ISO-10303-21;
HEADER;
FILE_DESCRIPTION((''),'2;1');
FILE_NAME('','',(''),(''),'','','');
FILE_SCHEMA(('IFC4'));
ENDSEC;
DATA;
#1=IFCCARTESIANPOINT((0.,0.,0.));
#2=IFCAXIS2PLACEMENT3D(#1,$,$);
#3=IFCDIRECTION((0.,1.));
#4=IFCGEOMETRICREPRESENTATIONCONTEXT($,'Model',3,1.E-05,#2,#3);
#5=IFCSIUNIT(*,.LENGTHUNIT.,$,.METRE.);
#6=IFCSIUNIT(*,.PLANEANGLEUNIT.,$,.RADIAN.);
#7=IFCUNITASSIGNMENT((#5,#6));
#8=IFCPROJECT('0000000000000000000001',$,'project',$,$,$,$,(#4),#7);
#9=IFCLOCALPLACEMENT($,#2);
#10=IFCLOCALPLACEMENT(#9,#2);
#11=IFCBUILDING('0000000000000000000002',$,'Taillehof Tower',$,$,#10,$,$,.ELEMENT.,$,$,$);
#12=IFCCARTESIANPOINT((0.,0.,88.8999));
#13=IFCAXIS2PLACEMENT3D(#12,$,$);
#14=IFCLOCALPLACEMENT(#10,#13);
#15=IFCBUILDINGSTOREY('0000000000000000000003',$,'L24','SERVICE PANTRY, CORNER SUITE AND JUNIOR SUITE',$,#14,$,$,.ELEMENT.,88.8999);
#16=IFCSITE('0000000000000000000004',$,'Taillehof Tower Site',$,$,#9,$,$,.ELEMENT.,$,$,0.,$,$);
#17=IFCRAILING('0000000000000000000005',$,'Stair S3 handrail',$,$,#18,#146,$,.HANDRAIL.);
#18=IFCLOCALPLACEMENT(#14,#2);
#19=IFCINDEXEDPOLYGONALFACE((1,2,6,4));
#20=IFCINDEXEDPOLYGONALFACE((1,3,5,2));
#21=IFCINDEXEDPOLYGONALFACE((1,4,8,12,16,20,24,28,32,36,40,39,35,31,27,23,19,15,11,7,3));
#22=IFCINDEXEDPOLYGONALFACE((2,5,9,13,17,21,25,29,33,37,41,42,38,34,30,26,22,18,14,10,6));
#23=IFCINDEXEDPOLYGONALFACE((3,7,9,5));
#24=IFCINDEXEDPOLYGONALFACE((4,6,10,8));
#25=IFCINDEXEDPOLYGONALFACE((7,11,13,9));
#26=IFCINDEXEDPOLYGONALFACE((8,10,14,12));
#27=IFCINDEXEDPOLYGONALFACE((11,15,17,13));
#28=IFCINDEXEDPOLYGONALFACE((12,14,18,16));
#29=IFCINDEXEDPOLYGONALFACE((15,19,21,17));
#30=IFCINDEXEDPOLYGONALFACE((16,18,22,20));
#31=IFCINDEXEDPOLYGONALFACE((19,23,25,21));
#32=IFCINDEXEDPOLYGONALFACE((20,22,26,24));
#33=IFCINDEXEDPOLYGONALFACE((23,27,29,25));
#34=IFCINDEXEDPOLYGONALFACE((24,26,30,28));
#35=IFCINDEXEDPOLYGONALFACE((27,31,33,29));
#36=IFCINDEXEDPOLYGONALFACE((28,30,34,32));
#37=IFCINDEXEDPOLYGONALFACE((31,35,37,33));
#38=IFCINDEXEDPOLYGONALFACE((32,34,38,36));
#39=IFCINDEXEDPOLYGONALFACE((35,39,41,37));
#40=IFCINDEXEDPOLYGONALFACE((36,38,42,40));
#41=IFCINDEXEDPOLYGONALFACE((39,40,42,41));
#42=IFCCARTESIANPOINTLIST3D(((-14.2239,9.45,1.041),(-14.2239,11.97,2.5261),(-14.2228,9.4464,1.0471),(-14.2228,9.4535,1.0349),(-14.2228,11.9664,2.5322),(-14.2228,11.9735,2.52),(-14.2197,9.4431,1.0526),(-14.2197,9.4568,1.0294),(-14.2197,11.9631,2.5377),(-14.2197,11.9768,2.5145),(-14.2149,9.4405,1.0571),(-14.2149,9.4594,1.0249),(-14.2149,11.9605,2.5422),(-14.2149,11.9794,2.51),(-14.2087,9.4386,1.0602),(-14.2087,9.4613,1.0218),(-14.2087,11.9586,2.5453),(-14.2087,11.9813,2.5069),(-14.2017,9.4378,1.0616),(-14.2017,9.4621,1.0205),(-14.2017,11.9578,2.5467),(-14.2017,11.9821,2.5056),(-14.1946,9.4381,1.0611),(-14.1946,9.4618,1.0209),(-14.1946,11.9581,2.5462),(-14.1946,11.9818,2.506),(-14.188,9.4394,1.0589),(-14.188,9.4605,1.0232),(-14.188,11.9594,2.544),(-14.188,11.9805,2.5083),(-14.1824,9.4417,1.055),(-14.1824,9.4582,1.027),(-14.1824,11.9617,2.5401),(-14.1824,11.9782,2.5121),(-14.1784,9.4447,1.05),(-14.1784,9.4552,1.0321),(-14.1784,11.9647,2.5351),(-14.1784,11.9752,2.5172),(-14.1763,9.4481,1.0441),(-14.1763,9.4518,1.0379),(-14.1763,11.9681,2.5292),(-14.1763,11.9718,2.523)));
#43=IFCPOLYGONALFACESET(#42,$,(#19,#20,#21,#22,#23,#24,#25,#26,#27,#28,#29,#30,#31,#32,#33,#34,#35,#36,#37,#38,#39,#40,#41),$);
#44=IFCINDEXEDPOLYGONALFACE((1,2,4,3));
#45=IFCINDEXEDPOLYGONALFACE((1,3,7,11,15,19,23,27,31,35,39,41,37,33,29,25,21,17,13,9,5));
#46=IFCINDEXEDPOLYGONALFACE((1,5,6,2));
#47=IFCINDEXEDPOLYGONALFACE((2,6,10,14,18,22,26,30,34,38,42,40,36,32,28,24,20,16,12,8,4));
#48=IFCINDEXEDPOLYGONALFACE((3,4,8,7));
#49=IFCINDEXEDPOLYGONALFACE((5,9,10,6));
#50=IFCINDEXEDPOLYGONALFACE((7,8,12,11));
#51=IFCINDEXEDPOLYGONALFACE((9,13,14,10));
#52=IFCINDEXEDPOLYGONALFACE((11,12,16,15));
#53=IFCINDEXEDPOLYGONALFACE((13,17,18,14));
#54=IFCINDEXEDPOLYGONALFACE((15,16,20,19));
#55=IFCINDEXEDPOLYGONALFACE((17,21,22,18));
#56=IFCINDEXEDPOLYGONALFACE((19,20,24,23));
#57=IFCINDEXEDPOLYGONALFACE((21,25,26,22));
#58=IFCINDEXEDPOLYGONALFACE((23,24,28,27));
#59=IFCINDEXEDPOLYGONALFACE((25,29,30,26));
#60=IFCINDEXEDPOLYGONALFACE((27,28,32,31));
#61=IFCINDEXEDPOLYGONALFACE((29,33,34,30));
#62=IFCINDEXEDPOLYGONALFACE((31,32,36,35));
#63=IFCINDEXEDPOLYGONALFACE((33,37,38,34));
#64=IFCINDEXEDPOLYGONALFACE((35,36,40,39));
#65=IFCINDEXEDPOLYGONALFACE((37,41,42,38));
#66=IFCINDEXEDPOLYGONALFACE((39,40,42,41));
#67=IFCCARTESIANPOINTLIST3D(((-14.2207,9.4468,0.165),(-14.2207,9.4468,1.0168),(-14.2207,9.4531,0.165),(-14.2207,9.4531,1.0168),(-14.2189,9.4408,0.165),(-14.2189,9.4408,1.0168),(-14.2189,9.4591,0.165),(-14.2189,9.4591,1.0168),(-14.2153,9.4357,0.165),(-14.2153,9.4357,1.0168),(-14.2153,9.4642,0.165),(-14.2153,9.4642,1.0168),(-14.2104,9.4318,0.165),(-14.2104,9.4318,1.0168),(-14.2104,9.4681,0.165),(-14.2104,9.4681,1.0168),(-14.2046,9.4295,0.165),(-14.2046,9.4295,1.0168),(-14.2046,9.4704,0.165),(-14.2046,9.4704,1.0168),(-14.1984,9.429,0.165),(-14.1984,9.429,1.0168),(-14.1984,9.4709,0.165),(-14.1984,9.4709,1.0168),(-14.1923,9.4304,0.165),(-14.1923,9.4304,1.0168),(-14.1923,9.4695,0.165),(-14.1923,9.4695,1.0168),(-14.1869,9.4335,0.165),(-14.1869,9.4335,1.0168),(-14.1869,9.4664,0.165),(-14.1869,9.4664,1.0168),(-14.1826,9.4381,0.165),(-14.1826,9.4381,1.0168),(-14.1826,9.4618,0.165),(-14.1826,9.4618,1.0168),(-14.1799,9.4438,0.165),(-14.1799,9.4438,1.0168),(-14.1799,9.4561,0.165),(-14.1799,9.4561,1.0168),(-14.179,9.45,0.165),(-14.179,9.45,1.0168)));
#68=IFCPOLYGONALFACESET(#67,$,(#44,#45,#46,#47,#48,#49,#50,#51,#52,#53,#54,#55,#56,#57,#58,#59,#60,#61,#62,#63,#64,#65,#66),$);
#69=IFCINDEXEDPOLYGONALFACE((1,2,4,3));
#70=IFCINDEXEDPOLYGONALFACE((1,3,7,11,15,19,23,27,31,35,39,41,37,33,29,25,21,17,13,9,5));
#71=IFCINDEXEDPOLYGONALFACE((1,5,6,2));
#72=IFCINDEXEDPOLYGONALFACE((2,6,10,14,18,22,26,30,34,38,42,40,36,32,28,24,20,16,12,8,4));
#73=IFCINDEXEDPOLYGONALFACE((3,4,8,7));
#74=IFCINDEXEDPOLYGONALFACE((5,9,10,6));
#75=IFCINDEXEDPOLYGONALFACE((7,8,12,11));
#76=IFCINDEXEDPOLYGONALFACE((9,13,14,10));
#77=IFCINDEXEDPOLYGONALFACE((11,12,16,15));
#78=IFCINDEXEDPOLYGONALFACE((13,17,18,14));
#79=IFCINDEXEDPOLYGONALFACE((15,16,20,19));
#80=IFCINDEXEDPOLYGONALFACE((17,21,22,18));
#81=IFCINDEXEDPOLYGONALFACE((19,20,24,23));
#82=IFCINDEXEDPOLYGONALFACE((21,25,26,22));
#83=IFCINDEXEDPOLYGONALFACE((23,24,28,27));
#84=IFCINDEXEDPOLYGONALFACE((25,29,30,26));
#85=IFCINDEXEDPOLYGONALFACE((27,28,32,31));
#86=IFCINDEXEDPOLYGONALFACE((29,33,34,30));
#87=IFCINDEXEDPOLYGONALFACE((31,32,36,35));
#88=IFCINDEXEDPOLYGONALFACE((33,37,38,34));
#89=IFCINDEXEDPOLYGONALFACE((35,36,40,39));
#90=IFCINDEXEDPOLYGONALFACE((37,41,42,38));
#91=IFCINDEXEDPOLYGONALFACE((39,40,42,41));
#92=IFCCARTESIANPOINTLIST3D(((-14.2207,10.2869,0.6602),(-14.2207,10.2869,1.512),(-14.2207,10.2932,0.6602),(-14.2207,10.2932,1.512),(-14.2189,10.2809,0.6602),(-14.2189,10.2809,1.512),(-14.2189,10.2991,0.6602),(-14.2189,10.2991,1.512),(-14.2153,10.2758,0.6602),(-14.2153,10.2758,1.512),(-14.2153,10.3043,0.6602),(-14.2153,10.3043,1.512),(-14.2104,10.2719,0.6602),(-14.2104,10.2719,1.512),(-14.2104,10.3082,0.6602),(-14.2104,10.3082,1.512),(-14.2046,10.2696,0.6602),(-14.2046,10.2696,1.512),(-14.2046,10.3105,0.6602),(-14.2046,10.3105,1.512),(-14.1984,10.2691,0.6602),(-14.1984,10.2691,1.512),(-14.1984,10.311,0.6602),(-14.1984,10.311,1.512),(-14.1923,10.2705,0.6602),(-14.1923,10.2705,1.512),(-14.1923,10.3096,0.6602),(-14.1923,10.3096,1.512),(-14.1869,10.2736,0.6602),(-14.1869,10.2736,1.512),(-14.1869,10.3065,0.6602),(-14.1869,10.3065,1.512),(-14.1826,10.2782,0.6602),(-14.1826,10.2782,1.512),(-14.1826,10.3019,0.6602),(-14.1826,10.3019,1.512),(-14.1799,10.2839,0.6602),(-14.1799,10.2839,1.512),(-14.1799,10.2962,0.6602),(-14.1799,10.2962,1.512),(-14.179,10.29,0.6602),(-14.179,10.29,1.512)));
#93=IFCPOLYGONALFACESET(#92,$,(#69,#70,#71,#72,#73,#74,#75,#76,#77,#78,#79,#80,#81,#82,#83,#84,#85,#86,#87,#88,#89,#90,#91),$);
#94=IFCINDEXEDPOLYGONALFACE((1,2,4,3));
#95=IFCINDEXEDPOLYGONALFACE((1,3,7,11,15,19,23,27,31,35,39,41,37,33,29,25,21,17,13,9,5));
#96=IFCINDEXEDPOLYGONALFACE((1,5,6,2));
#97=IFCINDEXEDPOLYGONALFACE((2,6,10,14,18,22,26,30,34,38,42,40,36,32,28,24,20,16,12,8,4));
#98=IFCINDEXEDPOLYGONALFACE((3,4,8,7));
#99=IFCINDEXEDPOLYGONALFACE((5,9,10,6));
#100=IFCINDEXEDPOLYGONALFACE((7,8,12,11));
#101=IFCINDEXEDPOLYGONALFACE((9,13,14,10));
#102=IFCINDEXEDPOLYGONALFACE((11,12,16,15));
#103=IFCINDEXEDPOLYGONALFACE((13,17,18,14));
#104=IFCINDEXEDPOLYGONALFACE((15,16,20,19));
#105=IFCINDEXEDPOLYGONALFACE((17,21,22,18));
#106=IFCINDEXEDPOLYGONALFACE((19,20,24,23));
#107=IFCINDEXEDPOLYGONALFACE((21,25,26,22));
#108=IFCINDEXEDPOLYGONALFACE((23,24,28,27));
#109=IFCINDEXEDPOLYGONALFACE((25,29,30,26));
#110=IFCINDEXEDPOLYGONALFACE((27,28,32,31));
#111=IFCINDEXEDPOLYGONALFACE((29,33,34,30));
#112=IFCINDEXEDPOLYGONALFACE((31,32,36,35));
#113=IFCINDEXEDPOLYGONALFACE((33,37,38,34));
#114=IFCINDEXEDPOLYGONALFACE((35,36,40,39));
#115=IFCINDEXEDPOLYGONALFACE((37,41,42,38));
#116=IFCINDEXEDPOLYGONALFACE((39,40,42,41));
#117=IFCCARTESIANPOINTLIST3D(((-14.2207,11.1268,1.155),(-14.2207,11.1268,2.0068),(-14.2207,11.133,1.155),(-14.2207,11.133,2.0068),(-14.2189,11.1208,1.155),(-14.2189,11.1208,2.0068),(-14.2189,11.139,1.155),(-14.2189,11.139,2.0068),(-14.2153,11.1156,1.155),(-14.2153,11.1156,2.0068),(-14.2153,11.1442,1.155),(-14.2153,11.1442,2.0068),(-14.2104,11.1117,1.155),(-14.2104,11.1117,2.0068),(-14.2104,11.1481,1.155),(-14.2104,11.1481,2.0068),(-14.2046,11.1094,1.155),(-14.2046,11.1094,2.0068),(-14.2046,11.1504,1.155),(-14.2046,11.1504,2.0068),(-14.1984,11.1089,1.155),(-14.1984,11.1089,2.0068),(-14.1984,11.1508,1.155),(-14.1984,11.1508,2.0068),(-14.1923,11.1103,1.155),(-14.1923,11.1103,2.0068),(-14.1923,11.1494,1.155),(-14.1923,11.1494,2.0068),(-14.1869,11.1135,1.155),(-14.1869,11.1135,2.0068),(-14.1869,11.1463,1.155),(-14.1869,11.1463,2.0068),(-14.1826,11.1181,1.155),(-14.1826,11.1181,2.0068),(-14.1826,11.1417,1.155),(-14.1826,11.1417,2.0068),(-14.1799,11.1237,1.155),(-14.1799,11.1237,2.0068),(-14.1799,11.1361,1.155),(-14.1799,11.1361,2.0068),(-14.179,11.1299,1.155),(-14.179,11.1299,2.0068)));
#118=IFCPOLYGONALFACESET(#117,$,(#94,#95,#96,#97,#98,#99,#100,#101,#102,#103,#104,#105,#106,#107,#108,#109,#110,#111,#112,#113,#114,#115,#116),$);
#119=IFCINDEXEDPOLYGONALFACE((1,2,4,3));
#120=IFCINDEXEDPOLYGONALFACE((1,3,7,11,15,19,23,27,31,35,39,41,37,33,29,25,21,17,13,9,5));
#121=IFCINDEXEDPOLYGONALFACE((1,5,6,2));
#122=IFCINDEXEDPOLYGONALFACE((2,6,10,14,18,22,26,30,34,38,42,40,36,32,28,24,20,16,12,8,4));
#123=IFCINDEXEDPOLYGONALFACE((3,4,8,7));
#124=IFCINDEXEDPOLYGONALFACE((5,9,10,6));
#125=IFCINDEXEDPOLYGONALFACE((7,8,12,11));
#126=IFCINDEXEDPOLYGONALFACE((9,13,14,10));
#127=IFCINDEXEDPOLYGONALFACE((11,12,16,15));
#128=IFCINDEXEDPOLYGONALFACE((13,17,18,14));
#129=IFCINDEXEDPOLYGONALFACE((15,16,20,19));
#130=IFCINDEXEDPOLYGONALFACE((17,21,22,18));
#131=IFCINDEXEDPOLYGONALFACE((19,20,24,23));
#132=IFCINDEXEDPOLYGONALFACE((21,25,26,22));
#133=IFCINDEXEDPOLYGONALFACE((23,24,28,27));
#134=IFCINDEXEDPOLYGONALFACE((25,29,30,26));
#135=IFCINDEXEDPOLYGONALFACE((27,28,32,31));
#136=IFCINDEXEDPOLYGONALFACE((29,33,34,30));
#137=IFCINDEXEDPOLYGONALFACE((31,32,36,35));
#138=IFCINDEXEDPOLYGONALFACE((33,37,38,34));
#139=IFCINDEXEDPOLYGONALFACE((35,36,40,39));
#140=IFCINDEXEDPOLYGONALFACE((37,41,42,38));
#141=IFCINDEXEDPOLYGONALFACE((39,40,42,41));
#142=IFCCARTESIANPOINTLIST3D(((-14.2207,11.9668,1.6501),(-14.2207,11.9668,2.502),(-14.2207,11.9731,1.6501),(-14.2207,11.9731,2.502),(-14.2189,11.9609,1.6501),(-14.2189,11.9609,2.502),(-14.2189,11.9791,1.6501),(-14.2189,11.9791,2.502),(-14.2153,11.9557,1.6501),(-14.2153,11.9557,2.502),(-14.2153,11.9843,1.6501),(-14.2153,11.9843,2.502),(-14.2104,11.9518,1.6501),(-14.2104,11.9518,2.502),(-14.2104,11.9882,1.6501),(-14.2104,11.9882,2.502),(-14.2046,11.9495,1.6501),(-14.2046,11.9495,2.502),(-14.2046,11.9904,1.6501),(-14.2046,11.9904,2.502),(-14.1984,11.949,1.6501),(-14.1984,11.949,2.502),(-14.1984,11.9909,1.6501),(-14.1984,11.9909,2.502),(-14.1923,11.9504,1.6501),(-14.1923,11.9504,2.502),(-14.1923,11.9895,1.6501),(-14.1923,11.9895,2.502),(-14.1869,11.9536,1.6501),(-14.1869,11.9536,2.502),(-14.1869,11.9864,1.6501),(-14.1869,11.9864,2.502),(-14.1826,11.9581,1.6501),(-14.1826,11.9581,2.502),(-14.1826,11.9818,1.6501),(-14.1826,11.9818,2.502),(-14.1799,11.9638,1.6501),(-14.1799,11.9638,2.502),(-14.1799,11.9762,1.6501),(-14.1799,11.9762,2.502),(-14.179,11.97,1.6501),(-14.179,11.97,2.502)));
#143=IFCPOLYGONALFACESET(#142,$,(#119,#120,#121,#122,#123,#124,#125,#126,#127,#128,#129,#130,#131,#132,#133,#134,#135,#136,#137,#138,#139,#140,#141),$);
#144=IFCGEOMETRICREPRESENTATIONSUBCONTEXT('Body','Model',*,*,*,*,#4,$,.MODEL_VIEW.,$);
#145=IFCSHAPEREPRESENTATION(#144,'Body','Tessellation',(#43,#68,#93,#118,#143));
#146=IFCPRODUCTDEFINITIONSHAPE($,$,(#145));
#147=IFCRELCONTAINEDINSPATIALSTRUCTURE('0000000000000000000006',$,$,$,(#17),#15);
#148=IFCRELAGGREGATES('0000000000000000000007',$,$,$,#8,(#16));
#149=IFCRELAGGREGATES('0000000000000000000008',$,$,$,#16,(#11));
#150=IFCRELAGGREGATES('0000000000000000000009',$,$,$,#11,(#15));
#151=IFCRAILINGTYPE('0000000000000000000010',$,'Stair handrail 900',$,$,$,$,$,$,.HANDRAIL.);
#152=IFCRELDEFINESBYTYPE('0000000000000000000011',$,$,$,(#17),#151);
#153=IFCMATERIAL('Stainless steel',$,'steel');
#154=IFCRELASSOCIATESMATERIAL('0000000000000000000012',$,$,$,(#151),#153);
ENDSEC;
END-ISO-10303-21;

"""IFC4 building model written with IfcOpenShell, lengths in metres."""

from ifc_helpers import new_model, si_unit, direction, frame, origin, origin_2d, place, context, subcontext, project, spatial, circle, extrude, material, type_object, element, save


model = new_model("IFC4")

# Units and contexts
model_context = context("Model", 3, precision=1e-05, world=origin(), true_north=direction((0.0, 1.0)))
body_context = subcontext(model_context, "Body", "Model", "MODEL_VIEW")
ifc_project = project(units=[si_unit("LENGTHUNIT", "METRE"), si_unit("PLANEANGLEUNIT", "RADIAN")], contexts=[model_context])

# Site, building, storey
site_placement = place(None, origin())
site = spatial("IfcSite", under=ifc_project, at=site_placement, Name="Taillehof Tower Site", CompositionType="ELEMENT", RefElevation=0.0)
building_placement = place(site_placement, origin())
building = spatial("IfcBuilding", under=site, at=building_placement, Name="Taillehof Tower", CompositionType="ELEMENT")
storey_placement = place(building_placement, frame((0.0, 0.0, 88.8999)))
storey = spatial("IfcBuildingStorey", under=building, at=storey_placement, Name="L24", Description="SERVICE PANTRY, CORNER SUITE AND JUNIOR SUITE", CompositionType="ELEMENT", Elevation=88.8999)

# Railing
ifc_material_1 = material(Name="Stainless steel", Category="steel")
railing_type = type_object("IfcRailingType", Name="Stair handrail 900", PredefinedType="HANDRAIL", material=ifc_material_1)
railing_placement = place(storey_placement, frame((-14.2, 9.45, 0.165)))
element("IfcRailing", 1, at=railing_placement, inside=storey, type_object=railing_type, Name="Stair S3 handrail", PredefinedType="HANDRAIL", context=body_context, shape_type="SweptSolid", body=[
    extrude(circle(Radius=0.0239, at=origin_2d()), frame((0.0, 0.0, 0.876), z_axis=(0.0, 0.861524, 0.507717), x_axis=(-1.0, 0.0, 0.0)), (0.0, 0.0, 1.0), 2.925),
    extrude(circle(Radius=0.021, at=origin_2d()), origin(), (0.0, 0.0, 1.0), 0.8518),
    extrude(circle(Radius=0.021, at=origin_2d()), frame((0.0, 0.8401, 0.4951)), (0.0, 0.0, 1.0), 0.8518),
    extrude(circle(Radius=0.021, at=origin_2d()), frame((0.0, 1.6799, 0.99)), (0.0, 0.0, 1.0), 0.8518),
    extrude(circle(Radius=0.021, at=origin_2d()), frame((0.0, 2.52, 1.4851)), (0.0, 0.0, 1.0), 0.8518),
])

save(model, "model.ifc")
